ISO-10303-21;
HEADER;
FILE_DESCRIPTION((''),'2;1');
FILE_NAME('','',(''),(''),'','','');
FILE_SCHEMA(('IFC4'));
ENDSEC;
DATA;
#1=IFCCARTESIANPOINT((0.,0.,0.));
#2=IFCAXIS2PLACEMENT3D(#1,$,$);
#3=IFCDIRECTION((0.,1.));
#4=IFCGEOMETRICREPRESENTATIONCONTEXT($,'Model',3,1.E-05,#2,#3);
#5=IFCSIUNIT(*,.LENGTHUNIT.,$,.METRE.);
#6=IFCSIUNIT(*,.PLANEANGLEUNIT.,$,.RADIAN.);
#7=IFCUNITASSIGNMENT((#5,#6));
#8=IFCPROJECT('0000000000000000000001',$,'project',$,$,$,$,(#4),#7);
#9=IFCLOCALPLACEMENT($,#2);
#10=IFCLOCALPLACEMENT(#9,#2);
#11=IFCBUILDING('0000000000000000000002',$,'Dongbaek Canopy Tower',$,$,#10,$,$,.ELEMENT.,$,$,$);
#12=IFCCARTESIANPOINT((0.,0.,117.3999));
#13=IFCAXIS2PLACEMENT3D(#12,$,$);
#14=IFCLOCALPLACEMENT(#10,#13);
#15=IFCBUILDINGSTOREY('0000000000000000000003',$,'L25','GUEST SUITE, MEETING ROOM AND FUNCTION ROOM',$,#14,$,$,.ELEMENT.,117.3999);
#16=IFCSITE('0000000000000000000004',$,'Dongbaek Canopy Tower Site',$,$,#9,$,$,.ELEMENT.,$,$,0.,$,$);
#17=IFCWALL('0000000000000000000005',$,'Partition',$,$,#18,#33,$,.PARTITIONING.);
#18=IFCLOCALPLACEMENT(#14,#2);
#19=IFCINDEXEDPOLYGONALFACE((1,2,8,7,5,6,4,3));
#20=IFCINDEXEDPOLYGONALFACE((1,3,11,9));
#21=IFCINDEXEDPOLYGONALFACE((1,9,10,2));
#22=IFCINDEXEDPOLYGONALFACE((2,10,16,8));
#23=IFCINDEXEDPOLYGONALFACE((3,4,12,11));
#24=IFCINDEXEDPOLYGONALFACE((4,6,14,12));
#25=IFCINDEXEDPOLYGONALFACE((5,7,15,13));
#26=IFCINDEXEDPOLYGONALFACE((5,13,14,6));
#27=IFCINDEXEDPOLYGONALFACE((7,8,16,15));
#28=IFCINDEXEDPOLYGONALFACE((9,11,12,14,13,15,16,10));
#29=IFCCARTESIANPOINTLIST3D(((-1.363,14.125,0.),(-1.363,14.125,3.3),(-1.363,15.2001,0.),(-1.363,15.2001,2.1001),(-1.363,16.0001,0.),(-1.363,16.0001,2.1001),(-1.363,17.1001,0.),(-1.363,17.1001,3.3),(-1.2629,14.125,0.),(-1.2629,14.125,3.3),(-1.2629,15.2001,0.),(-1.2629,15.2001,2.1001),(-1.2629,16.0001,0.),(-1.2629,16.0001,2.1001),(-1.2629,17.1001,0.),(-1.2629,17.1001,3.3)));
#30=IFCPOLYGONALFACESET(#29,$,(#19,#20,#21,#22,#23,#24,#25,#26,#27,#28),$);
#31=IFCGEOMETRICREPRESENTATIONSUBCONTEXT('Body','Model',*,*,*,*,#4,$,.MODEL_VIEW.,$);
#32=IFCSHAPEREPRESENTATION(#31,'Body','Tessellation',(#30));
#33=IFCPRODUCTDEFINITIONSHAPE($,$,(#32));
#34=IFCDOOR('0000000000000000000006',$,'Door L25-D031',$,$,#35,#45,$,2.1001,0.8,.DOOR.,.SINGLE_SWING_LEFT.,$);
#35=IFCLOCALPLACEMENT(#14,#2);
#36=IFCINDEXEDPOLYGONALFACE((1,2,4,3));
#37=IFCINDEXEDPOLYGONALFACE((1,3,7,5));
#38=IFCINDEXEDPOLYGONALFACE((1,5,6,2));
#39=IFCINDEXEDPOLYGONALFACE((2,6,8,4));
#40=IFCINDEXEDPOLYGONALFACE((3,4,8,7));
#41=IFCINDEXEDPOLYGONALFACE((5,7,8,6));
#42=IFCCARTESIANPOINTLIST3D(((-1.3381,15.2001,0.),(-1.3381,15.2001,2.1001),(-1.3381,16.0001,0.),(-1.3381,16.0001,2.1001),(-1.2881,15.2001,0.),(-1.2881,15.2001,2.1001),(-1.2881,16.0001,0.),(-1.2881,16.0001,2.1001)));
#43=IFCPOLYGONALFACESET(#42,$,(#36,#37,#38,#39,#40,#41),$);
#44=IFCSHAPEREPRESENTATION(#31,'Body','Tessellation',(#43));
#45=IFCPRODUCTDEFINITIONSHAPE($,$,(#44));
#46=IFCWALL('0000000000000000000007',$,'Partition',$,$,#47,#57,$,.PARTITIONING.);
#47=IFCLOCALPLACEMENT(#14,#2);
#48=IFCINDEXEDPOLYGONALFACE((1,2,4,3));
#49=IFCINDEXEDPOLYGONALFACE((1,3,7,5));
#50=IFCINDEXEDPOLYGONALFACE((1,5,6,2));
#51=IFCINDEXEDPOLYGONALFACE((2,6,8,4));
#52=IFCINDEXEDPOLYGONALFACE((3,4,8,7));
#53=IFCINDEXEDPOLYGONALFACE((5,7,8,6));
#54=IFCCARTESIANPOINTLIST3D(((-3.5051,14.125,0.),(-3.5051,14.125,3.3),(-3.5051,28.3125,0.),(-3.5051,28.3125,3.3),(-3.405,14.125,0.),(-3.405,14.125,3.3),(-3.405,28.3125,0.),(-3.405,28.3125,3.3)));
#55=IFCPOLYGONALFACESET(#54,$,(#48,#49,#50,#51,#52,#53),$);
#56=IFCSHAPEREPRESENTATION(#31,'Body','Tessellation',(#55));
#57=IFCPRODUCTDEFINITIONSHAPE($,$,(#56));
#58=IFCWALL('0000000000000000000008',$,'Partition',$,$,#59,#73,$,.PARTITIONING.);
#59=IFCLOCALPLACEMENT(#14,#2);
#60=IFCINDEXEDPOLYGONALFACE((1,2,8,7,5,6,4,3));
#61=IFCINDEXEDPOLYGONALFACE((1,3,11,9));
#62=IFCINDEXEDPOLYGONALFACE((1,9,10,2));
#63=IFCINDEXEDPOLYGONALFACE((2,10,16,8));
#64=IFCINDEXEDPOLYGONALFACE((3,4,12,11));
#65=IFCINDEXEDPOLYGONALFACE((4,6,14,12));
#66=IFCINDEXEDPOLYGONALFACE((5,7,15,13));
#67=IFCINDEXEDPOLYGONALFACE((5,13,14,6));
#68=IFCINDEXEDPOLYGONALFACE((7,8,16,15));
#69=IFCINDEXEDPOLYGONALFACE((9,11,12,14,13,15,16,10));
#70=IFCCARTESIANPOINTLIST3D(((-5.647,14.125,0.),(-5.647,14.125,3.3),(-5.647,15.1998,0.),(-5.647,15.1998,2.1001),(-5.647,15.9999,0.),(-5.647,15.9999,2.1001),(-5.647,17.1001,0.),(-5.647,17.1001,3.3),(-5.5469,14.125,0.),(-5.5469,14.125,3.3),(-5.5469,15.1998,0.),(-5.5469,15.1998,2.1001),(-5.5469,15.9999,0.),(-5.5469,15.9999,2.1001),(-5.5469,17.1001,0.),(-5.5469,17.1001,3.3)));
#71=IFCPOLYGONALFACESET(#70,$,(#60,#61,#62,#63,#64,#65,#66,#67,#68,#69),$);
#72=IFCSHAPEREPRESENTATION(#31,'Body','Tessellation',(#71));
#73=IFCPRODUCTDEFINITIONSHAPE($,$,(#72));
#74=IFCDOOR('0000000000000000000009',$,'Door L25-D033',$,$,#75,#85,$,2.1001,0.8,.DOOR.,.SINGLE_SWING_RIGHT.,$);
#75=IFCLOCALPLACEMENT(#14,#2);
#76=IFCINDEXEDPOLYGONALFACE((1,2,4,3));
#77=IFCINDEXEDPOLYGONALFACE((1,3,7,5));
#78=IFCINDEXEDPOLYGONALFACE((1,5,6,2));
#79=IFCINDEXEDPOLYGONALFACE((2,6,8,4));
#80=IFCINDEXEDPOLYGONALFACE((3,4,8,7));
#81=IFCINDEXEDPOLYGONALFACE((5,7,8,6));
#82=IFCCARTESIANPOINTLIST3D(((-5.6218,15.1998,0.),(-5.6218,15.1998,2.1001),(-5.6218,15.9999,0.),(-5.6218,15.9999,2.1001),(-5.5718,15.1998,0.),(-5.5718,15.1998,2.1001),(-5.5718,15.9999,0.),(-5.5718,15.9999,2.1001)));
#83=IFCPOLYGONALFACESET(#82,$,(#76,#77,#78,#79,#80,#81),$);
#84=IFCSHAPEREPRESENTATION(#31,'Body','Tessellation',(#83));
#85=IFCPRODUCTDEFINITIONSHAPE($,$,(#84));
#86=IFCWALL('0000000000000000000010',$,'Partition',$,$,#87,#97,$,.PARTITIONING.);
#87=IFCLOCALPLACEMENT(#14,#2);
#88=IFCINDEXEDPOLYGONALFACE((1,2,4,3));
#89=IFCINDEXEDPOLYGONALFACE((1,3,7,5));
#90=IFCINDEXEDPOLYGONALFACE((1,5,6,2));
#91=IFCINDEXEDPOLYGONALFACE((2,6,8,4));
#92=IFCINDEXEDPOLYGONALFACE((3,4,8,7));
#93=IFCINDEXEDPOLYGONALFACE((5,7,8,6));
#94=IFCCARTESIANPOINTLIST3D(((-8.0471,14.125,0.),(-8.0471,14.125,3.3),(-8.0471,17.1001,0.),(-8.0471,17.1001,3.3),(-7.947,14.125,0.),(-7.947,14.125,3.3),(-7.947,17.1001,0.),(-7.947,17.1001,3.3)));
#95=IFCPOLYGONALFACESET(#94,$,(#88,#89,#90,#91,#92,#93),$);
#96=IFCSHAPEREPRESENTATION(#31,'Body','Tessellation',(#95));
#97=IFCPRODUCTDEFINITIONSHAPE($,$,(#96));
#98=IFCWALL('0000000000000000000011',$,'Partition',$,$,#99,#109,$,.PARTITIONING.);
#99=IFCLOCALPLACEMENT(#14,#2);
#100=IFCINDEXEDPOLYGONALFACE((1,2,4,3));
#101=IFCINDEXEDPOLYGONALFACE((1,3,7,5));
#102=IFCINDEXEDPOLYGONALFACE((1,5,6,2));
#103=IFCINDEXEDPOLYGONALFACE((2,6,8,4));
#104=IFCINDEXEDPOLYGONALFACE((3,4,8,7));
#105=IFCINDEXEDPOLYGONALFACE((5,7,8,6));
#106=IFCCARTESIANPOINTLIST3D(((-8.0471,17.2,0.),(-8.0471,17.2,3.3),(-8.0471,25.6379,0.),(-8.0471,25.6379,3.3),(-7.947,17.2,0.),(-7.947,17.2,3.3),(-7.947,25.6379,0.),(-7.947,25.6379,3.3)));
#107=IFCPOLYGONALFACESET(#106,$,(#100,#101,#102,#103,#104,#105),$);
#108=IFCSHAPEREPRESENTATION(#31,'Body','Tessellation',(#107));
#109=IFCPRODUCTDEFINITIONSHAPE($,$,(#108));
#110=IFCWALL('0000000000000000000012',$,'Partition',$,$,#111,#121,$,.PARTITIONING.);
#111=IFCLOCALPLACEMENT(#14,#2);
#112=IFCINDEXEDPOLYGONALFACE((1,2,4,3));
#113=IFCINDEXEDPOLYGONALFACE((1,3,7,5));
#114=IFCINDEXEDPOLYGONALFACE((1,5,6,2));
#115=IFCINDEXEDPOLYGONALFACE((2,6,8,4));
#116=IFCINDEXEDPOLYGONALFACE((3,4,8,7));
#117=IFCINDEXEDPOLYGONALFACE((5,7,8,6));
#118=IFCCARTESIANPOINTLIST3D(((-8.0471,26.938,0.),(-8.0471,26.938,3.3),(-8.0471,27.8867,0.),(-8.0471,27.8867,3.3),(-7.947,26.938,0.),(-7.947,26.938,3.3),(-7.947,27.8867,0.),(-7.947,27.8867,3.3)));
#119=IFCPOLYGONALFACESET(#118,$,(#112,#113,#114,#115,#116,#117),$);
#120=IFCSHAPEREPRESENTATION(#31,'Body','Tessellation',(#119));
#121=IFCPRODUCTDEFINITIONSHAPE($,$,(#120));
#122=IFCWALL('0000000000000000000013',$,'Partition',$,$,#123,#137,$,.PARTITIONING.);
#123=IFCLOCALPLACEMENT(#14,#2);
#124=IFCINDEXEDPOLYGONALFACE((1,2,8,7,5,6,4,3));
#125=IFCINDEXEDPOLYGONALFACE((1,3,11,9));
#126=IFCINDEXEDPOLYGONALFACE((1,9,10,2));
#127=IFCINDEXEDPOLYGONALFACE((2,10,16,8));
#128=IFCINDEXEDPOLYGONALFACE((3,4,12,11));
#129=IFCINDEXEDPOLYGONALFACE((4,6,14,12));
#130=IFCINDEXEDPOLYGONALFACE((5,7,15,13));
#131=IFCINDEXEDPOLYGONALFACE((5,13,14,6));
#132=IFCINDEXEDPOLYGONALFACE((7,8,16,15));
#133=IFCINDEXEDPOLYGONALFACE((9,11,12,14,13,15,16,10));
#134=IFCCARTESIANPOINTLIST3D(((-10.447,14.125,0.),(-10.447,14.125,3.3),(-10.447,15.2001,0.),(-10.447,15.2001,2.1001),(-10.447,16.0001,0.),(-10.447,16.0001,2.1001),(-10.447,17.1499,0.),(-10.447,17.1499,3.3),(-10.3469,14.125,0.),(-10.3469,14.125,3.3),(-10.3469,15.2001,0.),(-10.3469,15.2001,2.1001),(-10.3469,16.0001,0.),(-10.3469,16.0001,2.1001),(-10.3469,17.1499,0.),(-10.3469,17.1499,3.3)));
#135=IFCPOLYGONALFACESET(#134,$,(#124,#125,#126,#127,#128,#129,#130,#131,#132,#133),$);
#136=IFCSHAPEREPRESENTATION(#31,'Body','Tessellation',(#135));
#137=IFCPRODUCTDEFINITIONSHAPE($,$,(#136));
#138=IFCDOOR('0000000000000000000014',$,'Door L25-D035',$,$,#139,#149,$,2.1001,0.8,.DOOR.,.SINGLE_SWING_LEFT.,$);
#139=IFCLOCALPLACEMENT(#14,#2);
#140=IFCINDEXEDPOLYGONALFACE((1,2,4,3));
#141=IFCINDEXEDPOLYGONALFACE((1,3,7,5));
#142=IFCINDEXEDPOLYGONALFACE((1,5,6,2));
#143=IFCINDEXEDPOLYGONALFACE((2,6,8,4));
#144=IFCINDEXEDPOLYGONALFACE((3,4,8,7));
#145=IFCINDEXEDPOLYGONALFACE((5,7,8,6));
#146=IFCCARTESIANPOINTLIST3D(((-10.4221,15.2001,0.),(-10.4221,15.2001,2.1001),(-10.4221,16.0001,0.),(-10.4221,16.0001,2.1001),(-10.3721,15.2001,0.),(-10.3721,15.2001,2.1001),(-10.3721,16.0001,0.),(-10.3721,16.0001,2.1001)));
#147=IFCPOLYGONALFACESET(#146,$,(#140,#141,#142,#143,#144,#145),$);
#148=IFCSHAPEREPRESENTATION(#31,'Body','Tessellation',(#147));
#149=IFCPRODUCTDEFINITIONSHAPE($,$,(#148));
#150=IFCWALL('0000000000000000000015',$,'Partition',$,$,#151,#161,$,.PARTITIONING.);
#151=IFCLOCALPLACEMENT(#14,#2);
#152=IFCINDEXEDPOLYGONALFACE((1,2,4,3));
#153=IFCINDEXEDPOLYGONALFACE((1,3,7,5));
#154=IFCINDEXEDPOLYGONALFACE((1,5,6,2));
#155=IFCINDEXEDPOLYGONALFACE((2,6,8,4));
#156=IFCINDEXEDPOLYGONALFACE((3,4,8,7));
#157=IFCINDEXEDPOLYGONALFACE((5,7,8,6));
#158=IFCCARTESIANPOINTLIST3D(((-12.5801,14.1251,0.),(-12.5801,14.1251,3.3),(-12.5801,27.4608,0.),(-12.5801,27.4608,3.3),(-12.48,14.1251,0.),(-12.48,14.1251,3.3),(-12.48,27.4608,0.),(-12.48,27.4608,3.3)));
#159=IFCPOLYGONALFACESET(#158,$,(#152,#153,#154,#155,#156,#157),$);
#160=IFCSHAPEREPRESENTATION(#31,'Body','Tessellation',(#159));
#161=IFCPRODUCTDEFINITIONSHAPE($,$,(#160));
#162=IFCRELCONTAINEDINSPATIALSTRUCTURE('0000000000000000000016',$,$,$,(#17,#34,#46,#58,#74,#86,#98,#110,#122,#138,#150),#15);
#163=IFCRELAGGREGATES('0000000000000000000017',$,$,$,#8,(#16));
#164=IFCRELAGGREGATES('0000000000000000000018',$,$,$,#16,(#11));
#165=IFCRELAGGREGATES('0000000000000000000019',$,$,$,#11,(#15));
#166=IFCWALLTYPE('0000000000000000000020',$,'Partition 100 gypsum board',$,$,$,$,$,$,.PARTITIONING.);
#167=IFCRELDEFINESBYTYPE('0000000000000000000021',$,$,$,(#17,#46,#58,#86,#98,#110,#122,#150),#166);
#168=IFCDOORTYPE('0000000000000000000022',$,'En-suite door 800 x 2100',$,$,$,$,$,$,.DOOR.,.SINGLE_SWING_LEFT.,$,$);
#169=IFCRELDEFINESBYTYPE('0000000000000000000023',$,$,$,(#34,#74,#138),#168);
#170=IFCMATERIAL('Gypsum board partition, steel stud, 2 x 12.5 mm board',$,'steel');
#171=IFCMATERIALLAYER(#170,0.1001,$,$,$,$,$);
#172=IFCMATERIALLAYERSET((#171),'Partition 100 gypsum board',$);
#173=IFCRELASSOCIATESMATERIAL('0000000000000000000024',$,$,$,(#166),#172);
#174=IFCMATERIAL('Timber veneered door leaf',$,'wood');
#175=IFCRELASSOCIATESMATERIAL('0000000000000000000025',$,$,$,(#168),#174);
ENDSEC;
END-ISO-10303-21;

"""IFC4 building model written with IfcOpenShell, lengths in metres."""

from ifc_helpers import new_model, si_unit, direction, frame, frame_2d, origin, place, context, subcontext, project, spatial, rectangle, extrude, material, layer, layer_set, type_object, element, fill, save


model = new_model("IFC4")

# Units and contexts
model_context = context("Model", 3, precision=1e-05, world=origin(), true_north=direction((0.0, 1.0)))
body_context = subcontext(model_context, "Body", "Model", "MODEL_VIEW")
ifc_project = project(units=[si_unit("LENGTHUNIT", "METRE"), si_unit("PLANEANGLEUNIT", "RADIAN")], contexts=[model_context])

# Site, building, storey
site_placement = place(None, origin())
site = spatial("IfcSite", under=ifc_project, at=site_placement, Name="Dongbaek Canopy Tower Site", CompositionType="ELEMENT", RefElevation=0.0)
building_placement = place(site_placement, origin())
building = spatial("IfcBuilding", under=site, at=building_placement, Name="Dongbaek Canopy Tower", CompositionType="ELEMENT")
storey_placement = place(building_placement, frame((0.0, 0.0, 117.3999)))
storey = spatial("IfcBuildingStorey", under=building, at=storey_placement, Name="L25", Description="GUEST SUITE, MEETING ROOM AND FUNCTION ROOM", CompositionType="ELEMENT", Elevation=117.3999)

# Shared definitions
ifc_material_1 = material(Name="Gypsum board partition, steel stud, 2 x 12.5 mm board", Category="steel")
ifc_layer_1 = layer(ifc_material_1, 0.1001)
ifc_layer_set_1 = layer_set([ifc_layer_1], Name="Partition 100 gypsum board")
wall_type = type_object("IfcWallType", Name="Partition 100 gypsum board", PredefinedType="PARTITIONING", material=ifc_layer_set_1)

# Wall, opening, door
wall_1_placement = place(storey_placement, frame((-1.313, 17.1001, 0.0), z_axis=(0.0, 0.0, 1.0), x_axis=(0.0, -1.0, 0.0)))
wall_1 = element("IfcWall", 1, at=wall_1_placement, inside=storey, type_object=wall_type, Name="Partition", PredefinedType="PARTITIONING", context=body_context, shape_type="SweptSolid", body=[
    extrude(rectangle(XDim=2.9751, YDim=0.1001, at=frame_2d((1.4875, 0.0))), origin(), (0.0, 0.0, 1.0), 3.3),
])
opening_1_placement = place(wall_1_placement, frame((1.1001, 0.0, 0.0)))
opening_1 = element("IfcOpeningElement", 2, at=opening_1_placement, cuts=wall_1, PredefinedType="OPENING", context=body_context, shape_type="SweptSolid", body=[
    extrude(rectangle(XDim=0.8, YDim=2.1001, at=frame_2d((0.3999, 1.05))), frame((0.0, 0.0601, 0.0), z_axis=(0.0, -1.0, 0.0), x_axis=(1.0, 0.0, 0.0)), (0.0, 0.0, 1.0), 0.1201),
])
ifc_material_2 = material(Name="Timber veneered door leaf", Category="wood")
door_type = type_object("IfcDoorType", Name="En-suite door 800 x 2100", OperationType="SINGLE_SWING_LEFT", PredefinedType="DOOR", material=ifc_material_2)
door_1_placement = place(opening_1_placement, origin())
door_1 = element("IfcDoor", 3, at=door_1_placement, inside=storey, type_object=door_type, Name="Door L25-D031", OperationType="SINGLE_SWING_LEFT", OverallHeight=2.1001, OverallWidth=0.8, PredefinedType="DOOR", context=body_context, shape_type="SweptSolid", body=[
    extrude(rectangle(XDim=0.8, YDim=2.1001, at=frame_2d((0.3999, 1.05))), frame((0.0, 0.0249, 0.0), z_axis=(0.0, -1.0, 0.0), x_axis=(1.0, 0.0, 0.0)), (0.0, 0.0, 1.0), 0.05),
])
fill(opening_1, door_1)

# Wall
wall_2_placement = place(storey_placement, frame((-3.4551, 14.125, 0.0), z_axis=(0.0, 0.0, 1.0), x_axis=(0.0, 1.0, 0.0)))
element("IfcWall", 4, at=wall_2_placement, inside=storey, type_object=wall_type, Name="Partition", PredefinedType="PARTITIONING", context=body_context, shape_type="SweptSolid", body=[
    extrude(rectangle(XDim=14.1875, YDim=0.1001, at=frame_2d((7.0938, 0.0))), origin(), (0.0, 0.0, 1.0), 3.3),
])

# Wall, opening, door
wall_3_placement = place(storey_placement, frame((-5.5969, 14.125, 0.0), z_axis=(0.0, 0.0, 1.0), x_axis=(0.0, 1.0, 0.0)))
wall_3 = element("IfcWall", 5, at=wall_3_placement, inside=storey, type_object=wall_type, Name="Partition", PredefinedType="PARTITIONING", context=body_context, shape_type="SweptSolid", body=[
    extrude(rectangle(XDim=2.9751, YDim=0.1001, at=frame_2d((1.4875, 0.0))), origin(), (0.0, 0.0, 1.0), 3.3),
])
opening_2_placement = place(wall_3_placement, frame((1.075, 0.0, 0.0)))
opening_2 = element("IfcOpeningElement", 6, at=opening_2_placement, cuts=wall_3, PredefinedType="OPENING", context=body_context, shape_type="SweptSolid", body=[
    extrude(rectangle(XDim=0.8, YDim=2.1001, at=frame_2d((0.3999, 1.05))), frame((0.0, 0.0601, 0.0), z_axis=(0.0, -1.0, 0.0), x_axis=(1.0, 0.0, 0.0)), (0.0, 0.0, 1.0), 0.1201),
])
door_2_placement = place(opening_2_placement, origin())
door_2 = element("IfcDoor", 7, at=door_2_placement, inside=storey, type_object=door_type, Name="Door L25-D033", OperationType="SINGLE_SWING_RIGHT", OverallHeight=2.1001, OverallWidth=0.8, PredefinedType="DOOR", context=body_context, shape_type="SweptSolid", body=[
    extrude(rectangle(XDim=0.8, YDim=2.1001, at=frame_2d((0.3999, 1.05))), frame((0.0, 0.0249, 0.0), z_axis=(0.0, -1.0, 0.0), x_axis=(1.0, 0.0, 0.0)), (0.0, 0.0, 1.0), 0.05),
])
fill(opening_2, door_2)

# Walls
wall_4_placement = place(storey_placement, frame((-7.9971, 14.125, 0.0), z_axis=(0.0, 0.0, 1.0), x_axis=(0.0, 1.0, 0.0)))
element("IfcWall", 8, at=wall_4_placement, inside=storey, type_object=wall_type, Name="Partition", PredefinedType="PARTITIONING", context=body_context, shape_type="SweptSolid", body=[
    extrude(rectangle(XDim=2.9751, YDim=0.1001, at=frame_2d((1.4875, 0.0))), origin(), (0.0, 0.0, 1.0), 3.3),
])
wall_5_placement = place(storey_placement, frame((-7.9971, 17.2, 0.0), z_axis=(0.0, 0.0, 1.0), x_axis=(0.0, 1.0, 0.0)))
element("IfcWall", 9, at=wall_5_placement, inside=storey, type_object=wall_type, Name="Partition", PredefinedType="PARTITIONING", context=body_context, shape_type="SweptSolid", body=[
    extrude(rectangle(XDim=8.438, YDim=0.1001, at=frame_2d((4.219, 0.0))), origin(), (0.0, 0.0, 1.0), 3.3),
])
wall_6_placement = place(storey_placement, frame((-7.9971, 26.938, 0.0), z_axis=(0.0, 0.0, 1.0), x_axis=(0.0, 1.0, 0.0)))
element("IfcWall", 10, at=wall_6_placement, inside=storey, type_object=wall_type, Name="Partition", PredefinedType="PARTITIONING", context=body_context, shape_type="SweptSolid", body=[
    extrude(rectangle(XDim=0.9487, YDim=0.1001, at=frame_2d((0.4744, 0.0))), origin(), (0.0, 0.0, 1.0), 3.3),
])

# Wall, opening, door
wall_7_placement = place(storey_placement, frame((-10.397, 17.1499, 0.0), z_axis=(0.0, 0.0, 1.0), x_axis=(0.0, -1.0, 0.0)))
wall_7 = element("IfcWall", 11, at=wall_7_placement, inside=storey, type_object=wall_type, Name="Partition", PredefinedType="PARTITIONING", context=body_context, shape_type="SweptSolid", body=[
    extrude(rectangle(XDim=3.0249, YDim=0.1001, at=frame_2d((1.5125, 0.0))), origin(), (0.0, 0.0, 1.0), 3.3),
])
opening_3_placement = place(wall_7_placement, frame((1.1499, 0.0, 0.0)))
opening_3 = element("IfcOpeningElement", 12, at=opening_3_placement, cuts=wall_7, PredefinedType="OPENING", context=body_context, shape_type="SweptSolid", body=[
    extrude(rectangle(XDim=0.8, YDim=2.1001, at=frame_2d((0.3999, 1.05))), frame((0.0, 0.0601, 0.0), z_axis=(0.0, -1.0, 0.0), x_axis=(1.0, 0.0, 0.0)), (0.0, 0.0, 1.0), 0.1201),
])
door_3_placement = place(opening_3_placement, origin())
door_3 = element("IfcDoor", 13, at=door_3_placement, inside=storey, type_object=door_type, Name="Door L25-D035", OperationType="SINGLE_SWING_LEFT", OverallHeight=2.1001, OverallWidth=0.8, PredefinedType="DOOR", context=body_context, shape_type="SweptSolid", body=[
    extrude(rectangle(XDim=0.8, YDim=2.1001, at=frame_2d((0.3999, 1.05))), frame((0.0, 0.0249, 0.0), z_axis=(0.0, -1.0, 0.0), x_axis=(1.0, 0.0, 0.0)), (0.0, 0.0, 1.0), 0.05),
])
fill(opening_3, door_3)

# Wall
wall_8_placement = place(storey_placement, frame((-12.53, 14.125, 0.0), z_axis=(0.0, 0.0, 1.0), x_axis=(0.0, 1.0, 0.0)))
element("IfcWall", 14, at=wall_8_placement, inside=storey, type_object=wall_type, Name="Partition", PredefinedType="PARTITIONING", context=body_context, shape_type="SweptSolid", body=[
    extrude(rectangle(XDim=13.3357, YDim=0.1001, at=frame_2d((6.668, 0.0))), origin(), (0.0, 0.0, 1.0), 3.3),
])

save(model, "model.ifc")
